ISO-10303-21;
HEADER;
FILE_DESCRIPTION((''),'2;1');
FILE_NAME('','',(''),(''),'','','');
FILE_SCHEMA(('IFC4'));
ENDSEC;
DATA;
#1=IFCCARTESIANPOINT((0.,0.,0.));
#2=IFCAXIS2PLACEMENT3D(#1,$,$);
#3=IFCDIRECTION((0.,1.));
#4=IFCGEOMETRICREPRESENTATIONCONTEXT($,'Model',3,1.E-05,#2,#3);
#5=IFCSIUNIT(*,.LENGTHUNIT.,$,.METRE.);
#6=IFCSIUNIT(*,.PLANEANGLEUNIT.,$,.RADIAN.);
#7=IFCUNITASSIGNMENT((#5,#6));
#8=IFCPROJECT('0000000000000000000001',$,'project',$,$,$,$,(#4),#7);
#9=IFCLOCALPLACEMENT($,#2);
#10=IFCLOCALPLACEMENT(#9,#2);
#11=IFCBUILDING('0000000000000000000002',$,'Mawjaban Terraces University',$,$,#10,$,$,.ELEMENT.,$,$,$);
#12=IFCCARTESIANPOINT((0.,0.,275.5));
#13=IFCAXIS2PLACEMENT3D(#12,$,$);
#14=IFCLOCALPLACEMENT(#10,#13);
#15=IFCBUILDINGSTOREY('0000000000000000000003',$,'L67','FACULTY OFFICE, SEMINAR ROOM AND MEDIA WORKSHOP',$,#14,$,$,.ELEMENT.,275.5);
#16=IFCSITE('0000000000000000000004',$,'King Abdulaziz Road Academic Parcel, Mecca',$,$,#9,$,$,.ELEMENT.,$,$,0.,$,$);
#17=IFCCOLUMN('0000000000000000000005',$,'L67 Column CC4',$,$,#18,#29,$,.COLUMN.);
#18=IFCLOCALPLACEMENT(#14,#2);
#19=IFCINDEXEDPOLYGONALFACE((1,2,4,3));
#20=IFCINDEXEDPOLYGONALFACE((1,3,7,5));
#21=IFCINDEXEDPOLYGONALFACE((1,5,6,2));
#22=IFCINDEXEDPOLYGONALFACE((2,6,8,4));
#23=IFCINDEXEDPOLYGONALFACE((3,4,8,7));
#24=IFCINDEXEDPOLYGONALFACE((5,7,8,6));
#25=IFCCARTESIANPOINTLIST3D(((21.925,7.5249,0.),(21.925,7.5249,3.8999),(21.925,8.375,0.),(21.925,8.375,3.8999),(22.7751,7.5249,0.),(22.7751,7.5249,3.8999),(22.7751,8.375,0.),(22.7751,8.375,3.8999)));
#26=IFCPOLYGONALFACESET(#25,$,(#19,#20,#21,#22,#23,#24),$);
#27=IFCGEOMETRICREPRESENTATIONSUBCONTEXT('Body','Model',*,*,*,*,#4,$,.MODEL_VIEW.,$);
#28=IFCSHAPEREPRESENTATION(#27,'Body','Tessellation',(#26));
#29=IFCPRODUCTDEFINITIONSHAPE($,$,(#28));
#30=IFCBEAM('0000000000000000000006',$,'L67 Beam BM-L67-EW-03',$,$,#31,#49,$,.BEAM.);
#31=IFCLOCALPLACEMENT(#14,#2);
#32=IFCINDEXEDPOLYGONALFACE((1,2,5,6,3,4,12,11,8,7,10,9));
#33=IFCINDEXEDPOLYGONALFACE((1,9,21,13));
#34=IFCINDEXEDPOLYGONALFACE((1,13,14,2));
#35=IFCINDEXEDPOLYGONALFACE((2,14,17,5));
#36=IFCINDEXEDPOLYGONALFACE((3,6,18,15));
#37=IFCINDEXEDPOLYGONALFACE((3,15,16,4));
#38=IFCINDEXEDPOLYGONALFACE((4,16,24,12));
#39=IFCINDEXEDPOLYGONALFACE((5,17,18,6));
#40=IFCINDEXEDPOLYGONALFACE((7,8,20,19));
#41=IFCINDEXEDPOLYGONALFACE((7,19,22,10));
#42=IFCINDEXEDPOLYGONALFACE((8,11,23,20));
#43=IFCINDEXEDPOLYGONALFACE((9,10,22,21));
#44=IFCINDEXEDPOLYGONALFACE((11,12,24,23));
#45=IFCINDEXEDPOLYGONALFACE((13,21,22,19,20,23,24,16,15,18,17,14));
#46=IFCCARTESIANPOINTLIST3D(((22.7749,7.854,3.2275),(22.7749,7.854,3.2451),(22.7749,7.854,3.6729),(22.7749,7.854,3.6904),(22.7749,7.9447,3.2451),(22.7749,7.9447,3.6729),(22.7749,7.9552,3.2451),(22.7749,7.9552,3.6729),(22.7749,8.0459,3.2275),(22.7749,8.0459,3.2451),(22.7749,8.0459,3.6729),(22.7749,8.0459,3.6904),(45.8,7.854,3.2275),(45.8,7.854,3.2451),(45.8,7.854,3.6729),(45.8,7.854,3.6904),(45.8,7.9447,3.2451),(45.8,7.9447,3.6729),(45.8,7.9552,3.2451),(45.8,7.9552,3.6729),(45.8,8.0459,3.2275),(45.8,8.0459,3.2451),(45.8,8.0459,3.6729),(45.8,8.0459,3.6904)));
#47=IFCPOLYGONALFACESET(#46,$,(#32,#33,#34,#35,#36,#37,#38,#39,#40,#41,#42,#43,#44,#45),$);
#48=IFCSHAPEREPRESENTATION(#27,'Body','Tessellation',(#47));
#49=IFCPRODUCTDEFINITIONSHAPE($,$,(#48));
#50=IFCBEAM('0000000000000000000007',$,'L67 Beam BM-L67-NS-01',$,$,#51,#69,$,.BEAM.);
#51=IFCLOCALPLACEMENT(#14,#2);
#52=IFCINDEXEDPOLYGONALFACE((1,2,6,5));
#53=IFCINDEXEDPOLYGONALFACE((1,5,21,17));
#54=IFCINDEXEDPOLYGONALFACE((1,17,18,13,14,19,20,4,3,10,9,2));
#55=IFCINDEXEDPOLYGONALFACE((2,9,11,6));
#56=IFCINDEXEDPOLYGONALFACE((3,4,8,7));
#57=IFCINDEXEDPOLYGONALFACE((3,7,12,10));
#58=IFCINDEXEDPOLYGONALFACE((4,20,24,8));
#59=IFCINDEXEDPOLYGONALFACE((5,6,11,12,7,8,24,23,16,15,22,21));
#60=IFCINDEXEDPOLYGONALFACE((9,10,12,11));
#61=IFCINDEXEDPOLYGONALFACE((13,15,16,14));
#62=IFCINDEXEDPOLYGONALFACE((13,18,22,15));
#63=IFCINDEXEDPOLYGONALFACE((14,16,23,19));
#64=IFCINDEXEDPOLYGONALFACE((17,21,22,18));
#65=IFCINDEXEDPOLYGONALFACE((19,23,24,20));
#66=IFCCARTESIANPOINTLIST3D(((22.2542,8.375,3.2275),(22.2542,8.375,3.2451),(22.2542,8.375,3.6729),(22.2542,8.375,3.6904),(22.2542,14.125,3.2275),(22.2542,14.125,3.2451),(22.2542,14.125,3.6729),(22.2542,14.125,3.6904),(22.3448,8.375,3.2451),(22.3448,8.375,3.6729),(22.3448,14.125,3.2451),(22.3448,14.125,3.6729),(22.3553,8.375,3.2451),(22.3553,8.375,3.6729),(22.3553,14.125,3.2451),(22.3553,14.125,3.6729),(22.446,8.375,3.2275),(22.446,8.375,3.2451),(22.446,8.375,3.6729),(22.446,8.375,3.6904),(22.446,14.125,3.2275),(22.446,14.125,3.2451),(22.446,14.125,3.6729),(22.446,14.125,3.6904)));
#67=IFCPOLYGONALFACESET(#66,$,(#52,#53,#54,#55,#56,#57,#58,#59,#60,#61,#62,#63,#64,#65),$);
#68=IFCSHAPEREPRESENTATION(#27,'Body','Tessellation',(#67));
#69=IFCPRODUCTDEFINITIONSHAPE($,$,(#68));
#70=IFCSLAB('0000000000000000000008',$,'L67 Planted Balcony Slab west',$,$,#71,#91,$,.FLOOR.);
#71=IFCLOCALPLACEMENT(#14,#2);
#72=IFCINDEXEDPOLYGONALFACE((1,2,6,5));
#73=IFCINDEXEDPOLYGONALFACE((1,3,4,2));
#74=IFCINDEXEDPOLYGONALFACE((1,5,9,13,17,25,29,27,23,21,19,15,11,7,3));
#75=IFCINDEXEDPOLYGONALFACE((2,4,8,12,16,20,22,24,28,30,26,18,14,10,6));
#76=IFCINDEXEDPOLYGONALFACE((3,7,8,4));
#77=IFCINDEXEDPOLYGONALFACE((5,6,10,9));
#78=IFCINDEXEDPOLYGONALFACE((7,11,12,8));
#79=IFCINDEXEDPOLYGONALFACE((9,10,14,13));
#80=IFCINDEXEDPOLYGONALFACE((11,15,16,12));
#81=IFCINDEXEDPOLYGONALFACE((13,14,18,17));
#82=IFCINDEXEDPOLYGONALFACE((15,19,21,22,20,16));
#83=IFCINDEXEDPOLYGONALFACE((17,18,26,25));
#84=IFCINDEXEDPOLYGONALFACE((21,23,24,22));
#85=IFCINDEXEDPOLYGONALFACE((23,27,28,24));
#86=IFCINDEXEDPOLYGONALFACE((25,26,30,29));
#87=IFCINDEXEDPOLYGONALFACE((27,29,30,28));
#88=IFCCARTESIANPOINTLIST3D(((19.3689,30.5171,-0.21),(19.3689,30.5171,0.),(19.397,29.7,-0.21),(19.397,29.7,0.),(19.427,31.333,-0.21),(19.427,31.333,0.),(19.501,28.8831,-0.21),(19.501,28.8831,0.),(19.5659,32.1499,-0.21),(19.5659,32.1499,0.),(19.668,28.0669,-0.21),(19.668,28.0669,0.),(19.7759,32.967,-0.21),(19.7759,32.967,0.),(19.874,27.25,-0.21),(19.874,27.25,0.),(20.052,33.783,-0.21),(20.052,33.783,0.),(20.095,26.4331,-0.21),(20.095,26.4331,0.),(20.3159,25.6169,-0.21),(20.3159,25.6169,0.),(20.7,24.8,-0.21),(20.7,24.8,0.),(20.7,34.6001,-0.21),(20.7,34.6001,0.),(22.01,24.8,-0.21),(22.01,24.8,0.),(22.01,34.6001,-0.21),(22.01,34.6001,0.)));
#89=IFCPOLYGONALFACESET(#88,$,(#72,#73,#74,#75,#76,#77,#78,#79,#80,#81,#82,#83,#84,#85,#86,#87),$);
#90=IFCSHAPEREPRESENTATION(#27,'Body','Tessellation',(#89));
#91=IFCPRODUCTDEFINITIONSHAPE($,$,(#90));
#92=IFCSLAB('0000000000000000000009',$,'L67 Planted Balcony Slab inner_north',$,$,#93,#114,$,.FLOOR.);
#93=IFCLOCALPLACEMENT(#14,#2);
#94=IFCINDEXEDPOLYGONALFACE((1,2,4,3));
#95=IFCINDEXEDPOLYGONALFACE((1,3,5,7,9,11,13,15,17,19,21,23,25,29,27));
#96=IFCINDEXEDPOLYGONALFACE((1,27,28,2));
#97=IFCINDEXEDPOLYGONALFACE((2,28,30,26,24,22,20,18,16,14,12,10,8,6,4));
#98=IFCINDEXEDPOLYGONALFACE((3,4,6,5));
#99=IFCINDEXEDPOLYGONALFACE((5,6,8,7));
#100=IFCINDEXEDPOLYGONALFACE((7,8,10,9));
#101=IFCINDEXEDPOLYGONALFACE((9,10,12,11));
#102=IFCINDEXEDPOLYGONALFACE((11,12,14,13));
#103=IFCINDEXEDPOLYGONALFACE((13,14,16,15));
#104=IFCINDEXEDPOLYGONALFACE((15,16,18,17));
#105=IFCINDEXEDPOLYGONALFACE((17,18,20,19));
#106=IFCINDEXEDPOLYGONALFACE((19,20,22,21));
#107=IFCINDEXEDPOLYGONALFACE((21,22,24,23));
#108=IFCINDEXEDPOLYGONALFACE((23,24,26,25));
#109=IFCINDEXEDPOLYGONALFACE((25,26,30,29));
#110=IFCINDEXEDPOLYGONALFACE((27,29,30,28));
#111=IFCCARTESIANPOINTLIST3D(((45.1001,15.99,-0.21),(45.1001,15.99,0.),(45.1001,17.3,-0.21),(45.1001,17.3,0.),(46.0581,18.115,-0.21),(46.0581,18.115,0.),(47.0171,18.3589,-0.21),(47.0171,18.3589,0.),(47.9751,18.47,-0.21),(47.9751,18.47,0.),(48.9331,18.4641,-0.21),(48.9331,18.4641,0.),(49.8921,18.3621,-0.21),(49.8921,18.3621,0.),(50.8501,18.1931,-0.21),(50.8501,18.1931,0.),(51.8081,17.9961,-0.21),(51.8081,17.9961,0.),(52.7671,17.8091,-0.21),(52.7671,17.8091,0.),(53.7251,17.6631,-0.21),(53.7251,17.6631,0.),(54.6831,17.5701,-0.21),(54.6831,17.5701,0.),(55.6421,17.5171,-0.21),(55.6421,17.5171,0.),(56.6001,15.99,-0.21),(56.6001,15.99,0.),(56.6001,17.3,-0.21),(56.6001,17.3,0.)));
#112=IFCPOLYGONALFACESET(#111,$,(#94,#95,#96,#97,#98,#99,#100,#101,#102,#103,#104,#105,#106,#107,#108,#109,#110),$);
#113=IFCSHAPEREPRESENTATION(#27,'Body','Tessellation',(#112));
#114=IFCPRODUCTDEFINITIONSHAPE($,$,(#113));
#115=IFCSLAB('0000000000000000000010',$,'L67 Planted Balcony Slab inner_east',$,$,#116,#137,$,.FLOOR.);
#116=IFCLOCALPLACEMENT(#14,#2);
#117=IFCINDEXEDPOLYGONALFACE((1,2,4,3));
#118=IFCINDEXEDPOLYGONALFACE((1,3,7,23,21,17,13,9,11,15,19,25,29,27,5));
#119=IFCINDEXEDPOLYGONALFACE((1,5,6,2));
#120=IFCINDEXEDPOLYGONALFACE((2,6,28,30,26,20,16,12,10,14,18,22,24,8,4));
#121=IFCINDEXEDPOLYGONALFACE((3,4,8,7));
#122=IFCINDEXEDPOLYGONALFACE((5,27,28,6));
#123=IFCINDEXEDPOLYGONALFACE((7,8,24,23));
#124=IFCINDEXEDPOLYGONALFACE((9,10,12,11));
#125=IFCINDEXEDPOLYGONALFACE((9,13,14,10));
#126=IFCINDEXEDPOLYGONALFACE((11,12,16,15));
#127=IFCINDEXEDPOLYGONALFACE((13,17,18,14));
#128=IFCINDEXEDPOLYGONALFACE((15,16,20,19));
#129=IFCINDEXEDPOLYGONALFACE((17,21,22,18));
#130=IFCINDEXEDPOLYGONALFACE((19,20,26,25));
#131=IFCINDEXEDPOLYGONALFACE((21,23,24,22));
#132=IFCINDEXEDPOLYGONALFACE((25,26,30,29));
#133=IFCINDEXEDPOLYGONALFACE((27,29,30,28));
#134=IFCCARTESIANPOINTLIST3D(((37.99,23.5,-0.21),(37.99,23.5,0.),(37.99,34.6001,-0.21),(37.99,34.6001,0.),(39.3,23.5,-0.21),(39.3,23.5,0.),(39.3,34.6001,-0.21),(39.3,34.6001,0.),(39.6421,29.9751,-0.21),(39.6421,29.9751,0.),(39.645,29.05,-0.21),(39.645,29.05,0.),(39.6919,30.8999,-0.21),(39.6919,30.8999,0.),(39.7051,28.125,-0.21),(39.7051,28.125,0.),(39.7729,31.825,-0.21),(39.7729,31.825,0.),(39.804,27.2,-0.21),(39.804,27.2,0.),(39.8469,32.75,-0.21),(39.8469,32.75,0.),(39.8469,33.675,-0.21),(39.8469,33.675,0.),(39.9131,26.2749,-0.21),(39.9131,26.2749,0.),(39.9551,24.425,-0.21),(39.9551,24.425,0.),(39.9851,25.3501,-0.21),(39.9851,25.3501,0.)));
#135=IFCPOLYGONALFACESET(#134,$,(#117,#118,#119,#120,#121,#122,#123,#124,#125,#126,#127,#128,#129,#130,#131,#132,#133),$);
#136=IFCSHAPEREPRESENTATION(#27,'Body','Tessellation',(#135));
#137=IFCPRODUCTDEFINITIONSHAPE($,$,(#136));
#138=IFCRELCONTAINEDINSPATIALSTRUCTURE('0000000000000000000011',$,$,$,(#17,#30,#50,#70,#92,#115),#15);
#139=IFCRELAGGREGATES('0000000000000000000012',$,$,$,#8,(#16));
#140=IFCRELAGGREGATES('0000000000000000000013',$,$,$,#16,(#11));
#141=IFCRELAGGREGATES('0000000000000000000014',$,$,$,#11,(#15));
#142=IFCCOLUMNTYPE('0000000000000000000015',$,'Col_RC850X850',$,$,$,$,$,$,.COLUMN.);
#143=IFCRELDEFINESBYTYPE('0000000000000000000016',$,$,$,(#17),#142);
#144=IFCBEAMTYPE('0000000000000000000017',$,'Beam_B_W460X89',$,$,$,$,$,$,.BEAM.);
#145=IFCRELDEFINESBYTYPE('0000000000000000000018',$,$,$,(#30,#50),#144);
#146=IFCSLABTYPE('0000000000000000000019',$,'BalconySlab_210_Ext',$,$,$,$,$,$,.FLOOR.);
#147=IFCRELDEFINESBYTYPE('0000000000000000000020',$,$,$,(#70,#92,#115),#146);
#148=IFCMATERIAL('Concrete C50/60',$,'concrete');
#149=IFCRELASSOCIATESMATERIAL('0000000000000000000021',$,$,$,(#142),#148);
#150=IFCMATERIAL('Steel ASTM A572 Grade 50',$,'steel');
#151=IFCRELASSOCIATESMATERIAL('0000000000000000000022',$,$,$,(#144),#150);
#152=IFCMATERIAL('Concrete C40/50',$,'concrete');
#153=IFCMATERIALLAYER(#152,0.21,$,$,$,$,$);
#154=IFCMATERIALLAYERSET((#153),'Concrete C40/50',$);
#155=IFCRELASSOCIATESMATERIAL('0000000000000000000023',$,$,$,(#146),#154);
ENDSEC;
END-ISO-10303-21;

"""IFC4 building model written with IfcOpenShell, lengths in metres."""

from ifc_helpers import new_model, si_unit, direction, frame, origin, origin_2d, place, context, subcontext, project, spatial, polyline, rectangle, i_section, outline, extrude, material, layer, layer_set, material_profile, profile_set, type_object, element, save


model = new_model("IFC4")

# Units and contexts
model_context = context("Model", 3, precision=1e-05, world=origin(), true_north=direction((0.0, 1.0)))
body_context = subcontext(model_context, "Body", "Model", "MODEL_VIEW")
ifc_project = project(units=[si_unit("LENGTHUNIT", "METRE"), si_unit("PLANEANGLEUNIT", "RADIAN")], contexts=[model_context])

# Site, building, storey
site_placement = place(None, origin())
site = spatial("IfcSite", under=ifc_project, at=site_placement, Name="King Abdulaziz Road Academic Parcel, Mecca", CompositionType="ELEMENT", RefElevation=0.0)
building_placement = place(site_placement, origin())
building = spatial("IfcBuilding", under=site, at=building_placement, Name="Mawjaban Terraces University", CompositionType="ELEMENT")
storey_placement = place(building_placement, frame((0.0, 0.0, 275.5)))
storey = spatial("IfcBuildingStorey", under=building, at=storey_placement, Name="L67", Description="FACULTY OFFICE, SEMINAR ROOM AND MEDIA WORKSHOP", CompositionType="ELEMENT", Elevation=275.5)

# Column
ifc_material_1 = material(Name="Concrete C50/60", Category="concrete")
ifc_material_profile_1 = material_profile(ifc_material_1, rectangle(XDim=0.8501, YDim=0.8501, at=origin_2d()), Name="RC850X850")
ifc_profile_set_1 = profile_set([ifc_material_profile_1], Name="Concrete C50/60")
column_type = type_object("IfcColumnType", Name="Col_RC850X850", PredefinedType="COLUMN", material=ifc_profile_set_1)
column_placement = place(storey_placement, frame((22.3501, 7.95, 0.0), z_axis=(0.0, 0.0, 1.0), x_axis=(1.0, 0.0, 0.0)))
element("IfcColumn", 1, at=column_placement, inside=storey, type_object=column_type, Name="L67 Column CC4", PredefinedType="COLUMN", context=body_context, shape_type="SweptSolid", body=[
    extrude(rectangle(XDim=0.8501, YDim=0.8501, at=origin_2d()), origin(), (0.0, 0.0, 1.0), 3.8999),
])

# Beams
ifc_material_2 = material(Name="Steel ASTM A572 Grade 50", Category="steel")
ifc_material_profile_2 = material_profile(ifc_material_2, i_section(OverallWidth=0.1919, OverallDepth=0.4629, WebThickness=0.0105, FlangeThickness=0.0176, at=origin_2d()), Name="W460X89")
ifc_profile_set_2 = profile_set([ifc_material_profile_2], Name="Steel ASTM A572 Grade 50")
beam_type = type_object("IfcBeamType", Name="Beam_B_W460X89", PredefinedType="BEAM", material=ifc_profile_set_2)
beam_1_placement = place(storey_placement, frame((22.7749, 7.95, 3.459), z_axis=(1.0, 0.0, 0.0), x_axis=(0.0, 1.0, 0.0)))
element("IfcBeam", 2, at=beam_1_placement, inside=storey, type_object=beam_type, Name="L67 Beam BM-L67-EW-03", PredefinedType="BEAM", context=body_context, shape_type="SweptSolid", body=[
    extrude(i_section(OverallWidth=0.1919, OverallDepth=0.4629, WebThickness=0.0105, FlangeThickness=0.0176, at=origin_2d()), origin(), (0.0, 0.0, 1.0), 23.0251),
])
beam_2_placement = place(storey_placement, frame((22.3501, 8.375, 3.459), z_axis=(0.0, 1.0, 0.0), x_axis=(-1.0, 0.0, 0.0)))
element("IfcBeam", 3, at=beam_2_placement, inside=storey, type_object=beam_type, Name="L67 Beam BM-L67-NS-01", PredefinedType="BEAM", context=body_context, shape_type="SweptSolid", body=[
    extrude(i_section(OverallWidth=0.1919, OverallDepth=0.4629, WebThickness=0.0105, FlangeThickness=0.0176, at=origin_2d()), origin(), (0.0, 0.0, 1.0), 5.75),
])

# Slabs
ifc_material_3 = material(Name="Concrete C40/50", Category="concrete")
ifc_layer_1 = layer(ifc_material_3, 0.21)
ifc_layer_set_1 = layer_set([ifc_layer_1], Name="Concrete C40/50")
slab_type_1 = type_object("IfcSlabType", Name="BalconySlab_210_Ext", PredefinedType="FLOOR", material=ifc_layer_set_1)
slab_1_placement = place(storey_placement, frame((0.0, 0.0, -0.21)))
element("IfcSlab", 4, at=slab_1_placement, inside=storey, type_object=slab_type_1, Name="L67 Planted Balcony Slab west", PredefinedType="FLOOR", context=body_context, shape_type="SweptSolid", body=[
    extrude(outline(polyline([(22.01, 24.8), (22.01, 34.6001), (20.7, 34.6001), (20.052, 33.783), (19.7759, 32.967), (19.5659, 32.1499), (19.427, 31.333), (19.3689, 30.5171), (19.397, 29.7), (19.501, 28.8831), (19.668, 28.0669), (19.874, 27.25), (20.095, 26.4331), (20.3159, 25.6169), (20.7, 24.8), (22.01, 24.8)])), origin(), (0.0, 0.0, 1.0), 0.21),
])
slab_2_placement = place(storey_placement, frame((0.0, 0.0, -0.21)))
element("IfcSlab", 5, at=slab_2_placement, inside=storey, type_object=slab_type_1, Name="L67 Planted Balcony Slab inner_north", PredefinedType="FLOOR", context=body_context, shape_type="SweptSolid", body=[
    extrude(outline(polyline([(45.1001, 15.99), (56.6001, 15.99), (56.6001, 17.3), (55.6421, 17.5171), (54.6831, 17.5701), (53.7251, 17.6631), (52.7671, 17.8091), (51.8081, 17.9961), (50.8501, 18.1931), (49.8921, 18.3621), (48.9331, 18.4641), (47.9751, 18.47), (47.0171, 18.3589), (46.0581, 18.115), (45.1001, 17.3), (45.1001, 15.99)])), origin(), (0.0, 0.0, 1.0), 0.21),
])
slab_3_placement = place(storey_placement, frame((0.0, 0.0, -0.21)))
element("IfcSlab", 6, at=slab_3_placement, inside=storey, type_object=slab_type_1, Name="L67 Planted Balcony Slab inner_east", PredefinedType="FLOOR", context=body_context, shape_type="SweptSolid", body=[
    extrude(outline(polyline([(39.3, 23.5), (39.9551, 24.425), (39.9851, 25.3501), (39.9131, 26.2749), (39.804, 27.2), (39.7051, 28.125), (39.645, 29.05), (39.6421, 29.9751), (39.6919, 30.8999), (39.7729, 31.825), (39.8469, 32.75), (39.8469, 33.675), (39.3, 34.6001), (37.99, 34.6001), (37.99, 23.5), (39.3, 23.5)])), origin(), (0.0, 0.0, 1.0), 0.21),
])

save(model, "model.ifc")
